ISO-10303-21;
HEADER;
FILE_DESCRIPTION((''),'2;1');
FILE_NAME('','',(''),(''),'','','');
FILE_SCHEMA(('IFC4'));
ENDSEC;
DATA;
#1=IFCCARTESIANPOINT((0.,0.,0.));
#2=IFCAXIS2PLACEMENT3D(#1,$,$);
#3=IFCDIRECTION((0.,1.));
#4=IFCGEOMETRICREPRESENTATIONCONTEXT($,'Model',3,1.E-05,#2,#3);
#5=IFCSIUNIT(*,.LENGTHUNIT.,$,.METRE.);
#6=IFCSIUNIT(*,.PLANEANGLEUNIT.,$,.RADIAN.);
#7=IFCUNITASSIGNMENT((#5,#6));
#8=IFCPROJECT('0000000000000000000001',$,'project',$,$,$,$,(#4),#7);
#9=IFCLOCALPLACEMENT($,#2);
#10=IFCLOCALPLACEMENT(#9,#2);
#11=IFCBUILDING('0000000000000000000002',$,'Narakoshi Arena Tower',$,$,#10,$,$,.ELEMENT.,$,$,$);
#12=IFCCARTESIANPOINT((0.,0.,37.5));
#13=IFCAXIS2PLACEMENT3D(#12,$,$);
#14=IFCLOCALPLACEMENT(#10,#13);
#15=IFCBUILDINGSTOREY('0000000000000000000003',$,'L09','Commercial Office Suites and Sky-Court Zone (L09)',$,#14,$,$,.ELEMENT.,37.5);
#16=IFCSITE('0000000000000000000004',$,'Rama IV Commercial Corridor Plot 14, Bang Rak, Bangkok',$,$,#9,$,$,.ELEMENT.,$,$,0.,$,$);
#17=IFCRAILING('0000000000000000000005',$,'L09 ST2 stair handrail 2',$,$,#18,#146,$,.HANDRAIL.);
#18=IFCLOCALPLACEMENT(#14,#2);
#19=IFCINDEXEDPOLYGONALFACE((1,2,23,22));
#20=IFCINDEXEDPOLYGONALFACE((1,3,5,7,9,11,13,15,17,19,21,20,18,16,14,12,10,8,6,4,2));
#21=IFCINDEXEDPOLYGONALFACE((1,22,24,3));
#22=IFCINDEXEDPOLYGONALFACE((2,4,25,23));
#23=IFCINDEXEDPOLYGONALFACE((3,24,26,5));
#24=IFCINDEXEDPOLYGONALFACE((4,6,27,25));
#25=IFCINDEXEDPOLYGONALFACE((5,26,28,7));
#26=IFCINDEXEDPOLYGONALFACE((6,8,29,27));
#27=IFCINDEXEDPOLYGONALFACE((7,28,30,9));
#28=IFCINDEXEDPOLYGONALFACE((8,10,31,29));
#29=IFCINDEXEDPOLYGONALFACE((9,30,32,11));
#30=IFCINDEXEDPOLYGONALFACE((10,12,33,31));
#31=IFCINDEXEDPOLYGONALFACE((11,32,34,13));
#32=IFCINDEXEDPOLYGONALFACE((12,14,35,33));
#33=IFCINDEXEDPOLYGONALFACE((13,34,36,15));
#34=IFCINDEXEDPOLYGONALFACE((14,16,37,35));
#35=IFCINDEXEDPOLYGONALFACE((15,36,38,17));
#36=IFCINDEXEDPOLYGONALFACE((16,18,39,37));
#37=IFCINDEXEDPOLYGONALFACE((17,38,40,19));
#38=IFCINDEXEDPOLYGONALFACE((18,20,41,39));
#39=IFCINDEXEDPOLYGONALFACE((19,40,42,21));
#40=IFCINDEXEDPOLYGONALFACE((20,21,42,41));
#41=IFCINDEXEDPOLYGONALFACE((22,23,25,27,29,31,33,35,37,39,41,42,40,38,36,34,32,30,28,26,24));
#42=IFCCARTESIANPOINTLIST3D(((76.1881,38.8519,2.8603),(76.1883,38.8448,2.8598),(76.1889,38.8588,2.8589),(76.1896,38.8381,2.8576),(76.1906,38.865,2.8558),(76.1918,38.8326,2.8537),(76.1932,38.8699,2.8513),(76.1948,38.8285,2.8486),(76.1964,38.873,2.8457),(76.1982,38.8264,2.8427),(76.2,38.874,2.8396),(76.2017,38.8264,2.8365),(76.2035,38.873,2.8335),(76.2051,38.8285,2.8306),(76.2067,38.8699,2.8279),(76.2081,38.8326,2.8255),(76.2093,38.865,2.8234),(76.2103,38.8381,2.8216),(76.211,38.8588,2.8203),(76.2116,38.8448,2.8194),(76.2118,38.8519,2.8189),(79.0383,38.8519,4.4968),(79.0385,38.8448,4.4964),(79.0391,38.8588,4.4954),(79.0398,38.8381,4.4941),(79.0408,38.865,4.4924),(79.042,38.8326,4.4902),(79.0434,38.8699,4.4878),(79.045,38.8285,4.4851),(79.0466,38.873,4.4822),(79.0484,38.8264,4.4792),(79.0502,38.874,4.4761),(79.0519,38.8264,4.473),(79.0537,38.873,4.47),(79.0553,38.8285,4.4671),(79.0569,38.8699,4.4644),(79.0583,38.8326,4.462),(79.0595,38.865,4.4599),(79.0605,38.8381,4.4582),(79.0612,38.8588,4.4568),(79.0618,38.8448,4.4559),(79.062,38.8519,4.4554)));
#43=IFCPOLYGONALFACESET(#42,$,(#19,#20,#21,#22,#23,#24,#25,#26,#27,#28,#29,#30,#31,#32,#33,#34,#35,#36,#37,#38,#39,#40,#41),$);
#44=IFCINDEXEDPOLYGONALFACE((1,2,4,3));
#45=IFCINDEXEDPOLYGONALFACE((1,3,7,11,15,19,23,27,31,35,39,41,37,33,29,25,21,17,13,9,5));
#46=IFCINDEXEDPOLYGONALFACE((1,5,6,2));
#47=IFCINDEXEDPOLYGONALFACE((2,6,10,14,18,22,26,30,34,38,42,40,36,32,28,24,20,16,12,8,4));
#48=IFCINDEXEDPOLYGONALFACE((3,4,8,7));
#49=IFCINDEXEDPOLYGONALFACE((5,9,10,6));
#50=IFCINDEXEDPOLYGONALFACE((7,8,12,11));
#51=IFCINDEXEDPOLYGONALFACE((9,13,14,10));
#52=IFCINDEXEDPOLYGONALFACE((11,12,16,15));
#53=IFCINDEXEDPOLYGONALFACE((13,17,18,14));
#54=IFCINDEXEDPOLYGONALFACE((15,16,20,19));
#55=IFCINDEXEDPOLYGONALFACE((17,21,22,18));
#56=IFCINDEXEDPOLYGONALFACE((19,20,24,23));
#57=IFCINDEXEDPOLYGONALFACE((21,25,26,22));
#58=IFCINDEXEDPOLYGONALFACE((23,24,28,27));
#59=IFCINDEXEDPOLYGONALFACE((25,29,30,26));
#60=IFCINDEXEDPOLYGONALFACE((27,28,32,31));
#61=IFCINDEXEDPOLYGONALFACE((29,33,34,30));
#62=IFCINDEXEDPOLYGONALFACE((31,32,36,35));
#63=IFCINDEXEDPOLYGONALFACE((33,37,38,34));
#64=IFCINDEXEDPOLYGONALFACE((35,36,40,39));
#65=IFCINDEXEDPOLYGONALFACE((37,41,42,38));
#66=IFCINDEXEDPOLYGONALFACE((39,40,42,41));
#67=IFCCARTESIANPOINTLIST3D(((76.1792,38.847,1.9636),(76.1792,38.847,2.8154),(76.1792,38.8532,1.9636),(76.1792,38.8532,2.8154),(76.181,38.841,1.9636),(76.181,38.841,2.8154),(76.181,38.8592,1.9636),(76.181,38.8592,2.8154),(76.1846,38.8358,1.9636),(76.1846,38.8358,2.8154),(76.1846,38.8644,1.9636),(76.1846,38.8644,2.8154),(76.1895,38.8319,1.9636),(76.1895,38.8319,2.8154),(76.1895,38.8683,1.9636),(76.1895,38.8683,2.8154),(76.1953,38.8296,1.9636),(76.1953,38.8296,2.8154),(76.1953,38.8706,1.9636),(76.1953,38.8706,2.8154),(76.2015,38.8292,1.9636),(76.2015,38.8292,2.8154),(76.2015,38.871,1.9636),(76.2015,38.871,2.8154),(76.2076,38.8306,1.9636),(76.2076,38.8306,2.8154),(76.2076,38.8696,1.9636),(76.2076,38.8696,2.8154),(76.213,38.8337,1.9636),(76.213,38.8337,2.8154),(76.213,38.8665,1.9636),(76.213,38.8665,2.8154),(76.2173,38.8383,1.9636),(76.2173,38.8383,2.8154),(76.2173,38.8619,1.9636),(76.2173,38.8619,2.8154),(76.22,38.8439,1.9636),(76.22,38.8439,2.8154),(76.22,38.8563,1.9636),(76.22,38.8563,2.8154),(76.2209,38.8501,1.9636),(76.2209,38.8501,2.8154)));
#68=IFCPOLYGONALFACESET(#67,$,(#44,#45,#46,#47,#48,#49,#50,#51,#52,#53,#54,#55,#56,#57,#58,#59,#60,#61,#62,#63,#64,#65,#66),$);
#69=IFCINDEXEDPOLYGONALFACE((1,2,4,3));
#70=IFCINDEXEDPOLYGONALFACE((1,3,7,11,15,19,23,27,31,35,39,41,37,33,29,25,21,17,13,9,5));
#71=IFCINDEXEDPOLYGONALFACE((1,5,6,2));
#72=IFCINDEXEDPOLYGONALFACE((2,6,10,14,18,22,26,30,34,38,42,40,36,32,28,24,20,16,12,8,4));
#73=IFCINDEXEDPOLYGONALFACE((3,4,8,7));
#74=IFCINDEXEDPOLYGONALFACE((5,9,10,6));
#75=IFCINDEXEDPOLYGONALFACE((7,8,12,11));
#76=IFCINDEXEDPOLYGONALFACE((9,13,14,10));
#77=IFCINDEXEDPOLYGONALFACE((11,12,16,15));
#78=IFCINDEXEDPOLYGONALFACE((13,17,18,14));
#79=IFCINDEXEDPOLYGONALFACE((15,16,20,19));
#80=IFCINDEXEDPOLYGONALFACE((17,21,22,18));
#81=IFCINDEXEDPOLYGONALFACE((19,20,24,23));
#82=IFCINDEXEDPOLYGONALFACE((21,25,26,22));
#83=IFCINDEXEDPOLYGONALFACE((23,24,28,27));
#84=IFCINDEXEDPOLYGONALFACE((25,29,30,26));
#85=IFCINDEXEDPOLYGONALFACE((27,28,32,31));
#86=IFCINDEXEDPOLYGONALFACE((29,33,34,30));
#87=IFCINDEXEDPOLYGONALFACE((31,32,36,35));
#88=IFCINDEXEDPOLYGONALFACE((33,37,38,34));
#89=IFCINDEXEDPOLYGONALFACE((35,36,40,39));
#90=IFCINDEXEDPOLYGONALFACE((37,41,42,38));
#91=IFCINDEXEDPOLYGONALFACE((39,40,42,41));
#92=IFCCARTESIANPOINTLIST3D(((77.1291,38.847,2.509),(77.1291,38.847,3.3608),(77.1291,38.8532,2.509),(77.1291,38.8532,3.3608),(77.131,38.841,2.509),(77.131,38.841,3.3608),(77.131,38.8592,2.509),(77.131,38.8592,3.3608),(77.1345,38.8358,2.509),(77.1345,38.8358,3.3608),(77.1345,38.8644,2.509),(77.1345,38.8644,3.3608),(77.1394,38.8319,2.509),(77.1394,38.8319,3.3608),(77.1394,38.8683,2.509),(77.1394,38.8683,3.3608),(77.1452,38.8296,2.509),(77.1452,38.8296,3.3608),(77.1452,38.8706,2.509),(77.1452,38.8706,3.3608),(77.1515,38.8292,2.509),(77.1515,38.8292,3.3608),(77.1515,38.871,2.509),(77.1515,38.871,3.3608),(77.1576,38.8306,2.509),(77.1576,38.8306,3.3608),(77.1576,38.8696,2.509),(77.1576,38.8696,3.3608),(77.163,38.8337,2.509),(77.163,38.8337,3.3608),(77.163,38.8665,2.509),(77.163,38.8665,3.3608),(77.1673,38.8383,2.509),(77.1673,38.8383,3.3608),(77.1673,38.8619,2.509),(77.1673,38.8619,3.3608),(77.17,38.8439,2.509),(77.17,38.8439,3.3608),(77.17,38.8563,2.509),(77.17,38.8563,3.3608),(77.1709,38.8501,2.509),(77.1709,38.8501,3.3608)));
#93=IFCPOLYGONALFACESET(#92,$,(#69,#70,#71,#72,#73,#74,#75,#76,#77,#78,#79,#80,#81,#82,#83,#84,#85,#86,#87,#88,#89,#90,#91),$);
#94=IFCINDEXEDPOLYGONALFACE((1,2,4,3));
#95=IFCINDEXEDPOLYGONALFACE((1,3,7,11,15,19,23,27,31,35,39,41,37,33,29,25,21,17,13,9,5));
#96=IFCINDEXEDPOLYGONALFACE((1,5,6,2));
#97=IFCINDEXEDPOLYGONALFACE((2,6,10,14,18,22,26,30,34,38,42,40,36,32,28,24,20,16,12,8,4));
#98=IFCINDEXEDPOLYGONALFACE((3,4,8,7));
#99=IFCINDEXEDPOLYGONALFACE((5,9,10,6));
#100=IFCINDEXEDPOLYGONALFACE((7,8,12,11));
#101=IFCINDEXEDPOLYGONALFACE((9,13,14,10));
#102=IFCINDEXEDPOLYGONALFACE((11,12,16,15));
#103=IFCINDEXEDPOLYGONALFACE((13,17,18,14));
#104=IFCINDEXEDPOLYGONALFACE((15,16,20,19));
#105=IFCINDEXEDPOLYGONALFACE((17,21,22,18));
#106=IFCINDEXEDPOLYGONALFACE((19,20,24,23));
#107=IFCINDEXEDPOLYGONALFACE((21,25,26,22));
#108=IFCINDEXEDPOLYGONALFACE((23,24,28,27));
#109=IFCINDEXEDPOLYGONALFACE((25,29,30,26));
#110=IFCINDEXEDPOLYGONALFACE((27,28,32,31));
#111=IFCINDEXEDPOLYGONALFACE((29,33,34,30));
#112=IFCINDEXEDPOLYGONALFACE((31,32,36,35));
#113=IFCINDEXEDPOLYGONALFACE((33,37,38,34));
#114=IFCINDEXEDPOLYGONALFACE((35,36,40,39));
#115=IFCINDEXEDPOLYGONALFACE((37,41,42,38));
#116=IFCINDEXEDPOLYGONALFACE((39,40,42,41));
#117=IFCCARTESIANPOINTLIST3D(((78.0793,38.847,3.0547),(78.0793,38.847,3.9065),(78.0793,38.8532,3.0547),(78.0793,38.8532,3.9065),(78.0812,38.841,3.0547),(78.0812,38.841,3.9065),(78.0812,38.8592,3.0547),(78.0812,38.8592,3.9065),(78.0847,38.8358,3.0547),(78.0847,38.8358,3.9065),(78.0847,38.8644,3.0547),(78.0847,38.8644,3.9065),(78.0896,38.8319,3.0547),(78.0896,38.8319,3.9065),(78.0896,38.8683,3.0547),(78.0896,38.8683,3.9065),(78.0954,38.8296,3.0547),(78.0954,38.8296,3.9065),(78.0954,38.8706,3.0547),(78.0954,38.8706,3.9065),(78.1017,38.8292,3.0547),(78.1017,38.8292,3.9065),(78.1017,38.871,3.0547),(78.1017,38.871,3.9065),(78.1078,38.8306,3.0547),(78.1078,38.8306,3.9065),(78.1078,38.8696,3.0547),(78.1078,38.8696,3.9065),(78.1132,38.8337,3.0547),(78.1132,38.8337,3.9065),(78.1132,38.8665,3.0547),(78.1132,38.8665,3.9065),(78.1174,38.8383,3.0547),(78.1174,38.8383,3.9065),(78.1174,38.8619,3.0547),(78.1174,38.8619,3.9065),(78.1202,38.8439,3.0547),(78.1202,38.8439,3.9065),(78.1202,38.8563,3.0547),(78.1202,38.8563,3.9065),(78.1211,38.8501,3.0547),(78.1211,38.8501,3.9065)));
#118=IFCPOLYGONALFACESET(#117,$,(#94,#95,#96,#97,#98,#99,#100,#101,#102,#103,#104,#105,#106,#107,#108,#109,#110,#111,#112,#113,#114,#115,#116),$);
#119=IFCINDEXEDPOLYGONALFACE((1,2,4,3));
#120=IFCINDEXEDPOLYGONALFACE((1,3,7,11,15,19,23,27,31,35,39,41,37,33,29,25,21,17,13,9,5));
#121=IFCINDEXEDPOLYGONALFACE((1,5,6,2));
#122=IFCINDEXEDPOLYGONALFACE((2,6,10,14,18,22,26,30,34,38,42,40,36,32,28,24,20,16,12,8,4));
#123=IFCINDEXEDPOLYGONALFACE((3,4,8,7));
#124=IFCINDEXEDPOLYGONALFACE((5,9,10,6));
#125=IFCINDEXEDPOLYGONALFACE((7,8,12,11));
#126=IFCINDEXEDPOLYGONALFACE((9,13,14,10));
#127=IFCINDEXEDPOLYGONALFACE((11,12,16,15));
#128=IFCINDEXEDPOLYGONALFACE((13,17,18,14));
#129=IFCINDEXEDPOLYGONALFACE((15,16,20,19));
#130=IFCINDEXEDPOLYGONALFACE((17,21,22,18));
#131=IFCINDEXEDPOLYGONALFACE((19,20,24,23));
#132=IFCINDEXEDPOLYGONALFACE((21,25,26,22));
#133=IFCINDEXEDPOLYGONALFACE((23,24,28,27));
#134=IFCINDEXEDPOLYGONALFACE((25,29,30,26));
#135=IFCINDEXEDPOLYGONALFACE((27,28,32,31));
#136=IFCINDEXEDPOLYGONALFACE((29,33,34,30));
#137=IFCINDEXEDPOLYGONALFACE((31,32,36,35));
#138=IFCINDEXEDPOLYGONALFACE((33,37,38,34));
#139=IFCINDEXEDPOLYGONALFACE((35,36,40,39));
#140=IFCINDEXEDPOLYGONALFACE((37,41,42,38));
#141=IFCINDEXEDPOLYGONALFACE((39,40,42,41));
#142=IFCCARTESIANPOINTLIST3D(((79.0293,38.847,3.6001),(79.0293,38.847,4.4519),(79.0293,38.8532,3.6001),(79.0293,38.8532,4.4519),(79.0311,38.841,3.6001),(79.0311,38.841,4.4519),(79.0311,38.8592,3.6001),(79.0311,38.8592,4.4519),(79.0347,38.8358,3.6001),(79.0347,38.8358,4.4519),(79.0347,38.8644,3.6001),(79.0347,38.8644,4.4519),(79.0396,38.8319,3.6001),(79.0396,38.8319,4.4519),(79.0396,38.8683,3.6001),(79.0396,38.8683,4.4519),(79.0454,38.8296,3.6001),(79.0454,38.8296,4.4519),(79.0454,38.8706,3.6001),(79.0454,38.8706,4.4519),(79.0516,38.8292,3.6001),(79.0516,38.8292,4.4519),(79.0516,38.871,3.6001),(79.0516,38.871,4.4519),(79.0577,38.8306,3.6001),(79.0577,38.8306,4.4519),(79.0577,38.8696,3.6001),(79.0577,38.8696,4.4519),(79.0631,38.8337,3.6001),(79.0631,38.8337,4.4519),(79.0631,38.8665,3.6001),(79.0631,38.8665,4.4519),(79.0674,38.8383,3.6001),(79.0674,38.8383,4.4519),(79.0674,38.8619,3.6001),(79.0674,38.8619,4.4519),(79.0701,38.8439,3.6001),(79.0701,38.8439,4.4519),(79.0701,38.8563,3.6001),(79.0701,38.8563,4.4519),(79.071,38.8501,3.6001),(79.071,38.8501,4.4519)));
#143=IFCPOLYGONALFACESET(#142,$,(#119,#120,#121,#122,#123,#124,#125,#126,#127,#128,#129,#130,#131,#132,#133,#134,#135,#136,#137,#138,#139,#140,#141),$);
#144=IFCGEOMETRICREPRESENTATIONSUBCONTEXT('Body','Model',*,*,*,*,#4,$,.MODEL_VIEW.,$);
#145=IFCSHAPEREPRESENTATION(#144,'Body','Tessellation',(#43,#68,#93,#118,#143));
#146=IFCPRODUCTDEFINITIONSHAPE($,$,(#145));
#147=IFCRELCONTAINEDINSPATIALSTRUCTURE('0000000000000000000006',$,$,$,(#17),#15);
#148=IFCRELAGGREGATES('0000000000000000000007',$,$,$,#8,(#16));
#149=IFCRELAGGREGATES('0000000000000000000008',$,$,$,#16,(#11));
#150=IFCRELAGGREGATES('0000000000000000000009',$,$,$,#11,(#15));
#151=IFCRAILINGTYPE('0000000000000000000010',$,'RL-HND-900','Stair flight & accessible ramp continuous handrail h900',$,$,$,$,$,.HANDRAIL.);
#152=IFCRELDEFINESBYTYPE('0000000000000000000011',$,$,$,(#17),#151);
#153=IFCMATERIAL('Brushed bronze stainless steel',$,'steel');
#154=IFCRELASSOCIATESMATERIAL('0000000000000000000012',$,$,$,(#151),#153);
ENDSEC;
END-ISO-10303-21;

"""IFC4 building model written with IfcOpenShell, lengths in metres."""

from ifc_helpers import new_model, si_unit, direction, frame, origin, origin_2d, place, context, subcontext, project, spatial, circle, extrude, material, type_object, element, save


model = new_model("IFC4")

# Units and contexts
model_context = context("Model", 3, precision=1e-05, world=origin(), true_north=direction((0.0, 1.0)))
body_context = subcontext(model_context, "Body", "Model", "MODEL_VIEW")
ifc_project = project(units=[si_unit("LENGTHUNIT", "METRE"), si_unit("PLANEANGLEUNIT", "RADIAN")], contexts=[model_context])

# Site, building, storey
site_placement = place(None, origin())
site = spatial("IfcSite", under=ifc_project, at=site_placement, Name="Rama IV Commercial Corridor Plot 14, Bang Rak, Bangkok", CompositionType="ELEMENT", RefElevation=0.0)
building_placement = place(site_placement, origin())
building = spatial("IfcBuilding", under=site, at=building_placement, Name="Narakoshi Arena Tower", CompositionType="ELEMENT")
storey_placement = place(building_placement, frame((0.0, 0.0, 37.5)))
storey = spatial("IfcBuildingStorey", under=building, at=storey_placement, Name="L09", Description="Commercial Office Suites and Sky-Court Zone (L09)", CompositionType="ELEMENT", Elevation=37.5)

# Shared definitions
ifc_material_1 = material(Name="Brushed bronze stainless steel", Category="steel")

# Railing
railing_type_1 = type_object("IfcRailingType", Name="RL-HND-900", Description="Stair flight & accessible ramp continuous handrail h900", PredefinedType="HANDRAIL", material=ifc_material_1)
for number, where, name in (
    (1, (76.2, 38.8501, 1.9636), "L09 ST2 stair handrail 2"),
):
    element("IfcRailing", number, at=place(storey_placement, frame(where)), inside=storey, type_object=railing_type_1, Name=name, PredefinedType="HANDRAIL", context=body_context, shape_type="SweptSolid", body=[
        extrude(circle(Radius=0.0239, at=origin_2d()), frame((0.0, 0.0, 0.876), z_axis=(0.867213, 0.0, 0.497938), x_axis=(0.0, 1.0, 0.0)), (0.0, 0.0, 1.0), 3.2866),
        extrude(circle(Radius=0.021, at=origin_2d()), origin(), (0.0, 0.0, 1.0), 0.8518),
        extrude(circle(Radius=0.021, at=origin_2d()), frame((0.95, 0.0, 0.5454)), (0.0, 0.0, 1.0), 0.8518),
        extrude(circle(Radius=0.021, at=origin_2d()), frame((1.9001, 0.0, 1.0911)), (0.0, 0.0, 1.0), 0.8518),
        extrude(circle(Radius=0.021, at=origin_2d()), frame((2.8501, 0.0, 1.6365)), (0.0, 0.0, 1.0), 0.8518),
    ])

save(model, "model.ifc")
